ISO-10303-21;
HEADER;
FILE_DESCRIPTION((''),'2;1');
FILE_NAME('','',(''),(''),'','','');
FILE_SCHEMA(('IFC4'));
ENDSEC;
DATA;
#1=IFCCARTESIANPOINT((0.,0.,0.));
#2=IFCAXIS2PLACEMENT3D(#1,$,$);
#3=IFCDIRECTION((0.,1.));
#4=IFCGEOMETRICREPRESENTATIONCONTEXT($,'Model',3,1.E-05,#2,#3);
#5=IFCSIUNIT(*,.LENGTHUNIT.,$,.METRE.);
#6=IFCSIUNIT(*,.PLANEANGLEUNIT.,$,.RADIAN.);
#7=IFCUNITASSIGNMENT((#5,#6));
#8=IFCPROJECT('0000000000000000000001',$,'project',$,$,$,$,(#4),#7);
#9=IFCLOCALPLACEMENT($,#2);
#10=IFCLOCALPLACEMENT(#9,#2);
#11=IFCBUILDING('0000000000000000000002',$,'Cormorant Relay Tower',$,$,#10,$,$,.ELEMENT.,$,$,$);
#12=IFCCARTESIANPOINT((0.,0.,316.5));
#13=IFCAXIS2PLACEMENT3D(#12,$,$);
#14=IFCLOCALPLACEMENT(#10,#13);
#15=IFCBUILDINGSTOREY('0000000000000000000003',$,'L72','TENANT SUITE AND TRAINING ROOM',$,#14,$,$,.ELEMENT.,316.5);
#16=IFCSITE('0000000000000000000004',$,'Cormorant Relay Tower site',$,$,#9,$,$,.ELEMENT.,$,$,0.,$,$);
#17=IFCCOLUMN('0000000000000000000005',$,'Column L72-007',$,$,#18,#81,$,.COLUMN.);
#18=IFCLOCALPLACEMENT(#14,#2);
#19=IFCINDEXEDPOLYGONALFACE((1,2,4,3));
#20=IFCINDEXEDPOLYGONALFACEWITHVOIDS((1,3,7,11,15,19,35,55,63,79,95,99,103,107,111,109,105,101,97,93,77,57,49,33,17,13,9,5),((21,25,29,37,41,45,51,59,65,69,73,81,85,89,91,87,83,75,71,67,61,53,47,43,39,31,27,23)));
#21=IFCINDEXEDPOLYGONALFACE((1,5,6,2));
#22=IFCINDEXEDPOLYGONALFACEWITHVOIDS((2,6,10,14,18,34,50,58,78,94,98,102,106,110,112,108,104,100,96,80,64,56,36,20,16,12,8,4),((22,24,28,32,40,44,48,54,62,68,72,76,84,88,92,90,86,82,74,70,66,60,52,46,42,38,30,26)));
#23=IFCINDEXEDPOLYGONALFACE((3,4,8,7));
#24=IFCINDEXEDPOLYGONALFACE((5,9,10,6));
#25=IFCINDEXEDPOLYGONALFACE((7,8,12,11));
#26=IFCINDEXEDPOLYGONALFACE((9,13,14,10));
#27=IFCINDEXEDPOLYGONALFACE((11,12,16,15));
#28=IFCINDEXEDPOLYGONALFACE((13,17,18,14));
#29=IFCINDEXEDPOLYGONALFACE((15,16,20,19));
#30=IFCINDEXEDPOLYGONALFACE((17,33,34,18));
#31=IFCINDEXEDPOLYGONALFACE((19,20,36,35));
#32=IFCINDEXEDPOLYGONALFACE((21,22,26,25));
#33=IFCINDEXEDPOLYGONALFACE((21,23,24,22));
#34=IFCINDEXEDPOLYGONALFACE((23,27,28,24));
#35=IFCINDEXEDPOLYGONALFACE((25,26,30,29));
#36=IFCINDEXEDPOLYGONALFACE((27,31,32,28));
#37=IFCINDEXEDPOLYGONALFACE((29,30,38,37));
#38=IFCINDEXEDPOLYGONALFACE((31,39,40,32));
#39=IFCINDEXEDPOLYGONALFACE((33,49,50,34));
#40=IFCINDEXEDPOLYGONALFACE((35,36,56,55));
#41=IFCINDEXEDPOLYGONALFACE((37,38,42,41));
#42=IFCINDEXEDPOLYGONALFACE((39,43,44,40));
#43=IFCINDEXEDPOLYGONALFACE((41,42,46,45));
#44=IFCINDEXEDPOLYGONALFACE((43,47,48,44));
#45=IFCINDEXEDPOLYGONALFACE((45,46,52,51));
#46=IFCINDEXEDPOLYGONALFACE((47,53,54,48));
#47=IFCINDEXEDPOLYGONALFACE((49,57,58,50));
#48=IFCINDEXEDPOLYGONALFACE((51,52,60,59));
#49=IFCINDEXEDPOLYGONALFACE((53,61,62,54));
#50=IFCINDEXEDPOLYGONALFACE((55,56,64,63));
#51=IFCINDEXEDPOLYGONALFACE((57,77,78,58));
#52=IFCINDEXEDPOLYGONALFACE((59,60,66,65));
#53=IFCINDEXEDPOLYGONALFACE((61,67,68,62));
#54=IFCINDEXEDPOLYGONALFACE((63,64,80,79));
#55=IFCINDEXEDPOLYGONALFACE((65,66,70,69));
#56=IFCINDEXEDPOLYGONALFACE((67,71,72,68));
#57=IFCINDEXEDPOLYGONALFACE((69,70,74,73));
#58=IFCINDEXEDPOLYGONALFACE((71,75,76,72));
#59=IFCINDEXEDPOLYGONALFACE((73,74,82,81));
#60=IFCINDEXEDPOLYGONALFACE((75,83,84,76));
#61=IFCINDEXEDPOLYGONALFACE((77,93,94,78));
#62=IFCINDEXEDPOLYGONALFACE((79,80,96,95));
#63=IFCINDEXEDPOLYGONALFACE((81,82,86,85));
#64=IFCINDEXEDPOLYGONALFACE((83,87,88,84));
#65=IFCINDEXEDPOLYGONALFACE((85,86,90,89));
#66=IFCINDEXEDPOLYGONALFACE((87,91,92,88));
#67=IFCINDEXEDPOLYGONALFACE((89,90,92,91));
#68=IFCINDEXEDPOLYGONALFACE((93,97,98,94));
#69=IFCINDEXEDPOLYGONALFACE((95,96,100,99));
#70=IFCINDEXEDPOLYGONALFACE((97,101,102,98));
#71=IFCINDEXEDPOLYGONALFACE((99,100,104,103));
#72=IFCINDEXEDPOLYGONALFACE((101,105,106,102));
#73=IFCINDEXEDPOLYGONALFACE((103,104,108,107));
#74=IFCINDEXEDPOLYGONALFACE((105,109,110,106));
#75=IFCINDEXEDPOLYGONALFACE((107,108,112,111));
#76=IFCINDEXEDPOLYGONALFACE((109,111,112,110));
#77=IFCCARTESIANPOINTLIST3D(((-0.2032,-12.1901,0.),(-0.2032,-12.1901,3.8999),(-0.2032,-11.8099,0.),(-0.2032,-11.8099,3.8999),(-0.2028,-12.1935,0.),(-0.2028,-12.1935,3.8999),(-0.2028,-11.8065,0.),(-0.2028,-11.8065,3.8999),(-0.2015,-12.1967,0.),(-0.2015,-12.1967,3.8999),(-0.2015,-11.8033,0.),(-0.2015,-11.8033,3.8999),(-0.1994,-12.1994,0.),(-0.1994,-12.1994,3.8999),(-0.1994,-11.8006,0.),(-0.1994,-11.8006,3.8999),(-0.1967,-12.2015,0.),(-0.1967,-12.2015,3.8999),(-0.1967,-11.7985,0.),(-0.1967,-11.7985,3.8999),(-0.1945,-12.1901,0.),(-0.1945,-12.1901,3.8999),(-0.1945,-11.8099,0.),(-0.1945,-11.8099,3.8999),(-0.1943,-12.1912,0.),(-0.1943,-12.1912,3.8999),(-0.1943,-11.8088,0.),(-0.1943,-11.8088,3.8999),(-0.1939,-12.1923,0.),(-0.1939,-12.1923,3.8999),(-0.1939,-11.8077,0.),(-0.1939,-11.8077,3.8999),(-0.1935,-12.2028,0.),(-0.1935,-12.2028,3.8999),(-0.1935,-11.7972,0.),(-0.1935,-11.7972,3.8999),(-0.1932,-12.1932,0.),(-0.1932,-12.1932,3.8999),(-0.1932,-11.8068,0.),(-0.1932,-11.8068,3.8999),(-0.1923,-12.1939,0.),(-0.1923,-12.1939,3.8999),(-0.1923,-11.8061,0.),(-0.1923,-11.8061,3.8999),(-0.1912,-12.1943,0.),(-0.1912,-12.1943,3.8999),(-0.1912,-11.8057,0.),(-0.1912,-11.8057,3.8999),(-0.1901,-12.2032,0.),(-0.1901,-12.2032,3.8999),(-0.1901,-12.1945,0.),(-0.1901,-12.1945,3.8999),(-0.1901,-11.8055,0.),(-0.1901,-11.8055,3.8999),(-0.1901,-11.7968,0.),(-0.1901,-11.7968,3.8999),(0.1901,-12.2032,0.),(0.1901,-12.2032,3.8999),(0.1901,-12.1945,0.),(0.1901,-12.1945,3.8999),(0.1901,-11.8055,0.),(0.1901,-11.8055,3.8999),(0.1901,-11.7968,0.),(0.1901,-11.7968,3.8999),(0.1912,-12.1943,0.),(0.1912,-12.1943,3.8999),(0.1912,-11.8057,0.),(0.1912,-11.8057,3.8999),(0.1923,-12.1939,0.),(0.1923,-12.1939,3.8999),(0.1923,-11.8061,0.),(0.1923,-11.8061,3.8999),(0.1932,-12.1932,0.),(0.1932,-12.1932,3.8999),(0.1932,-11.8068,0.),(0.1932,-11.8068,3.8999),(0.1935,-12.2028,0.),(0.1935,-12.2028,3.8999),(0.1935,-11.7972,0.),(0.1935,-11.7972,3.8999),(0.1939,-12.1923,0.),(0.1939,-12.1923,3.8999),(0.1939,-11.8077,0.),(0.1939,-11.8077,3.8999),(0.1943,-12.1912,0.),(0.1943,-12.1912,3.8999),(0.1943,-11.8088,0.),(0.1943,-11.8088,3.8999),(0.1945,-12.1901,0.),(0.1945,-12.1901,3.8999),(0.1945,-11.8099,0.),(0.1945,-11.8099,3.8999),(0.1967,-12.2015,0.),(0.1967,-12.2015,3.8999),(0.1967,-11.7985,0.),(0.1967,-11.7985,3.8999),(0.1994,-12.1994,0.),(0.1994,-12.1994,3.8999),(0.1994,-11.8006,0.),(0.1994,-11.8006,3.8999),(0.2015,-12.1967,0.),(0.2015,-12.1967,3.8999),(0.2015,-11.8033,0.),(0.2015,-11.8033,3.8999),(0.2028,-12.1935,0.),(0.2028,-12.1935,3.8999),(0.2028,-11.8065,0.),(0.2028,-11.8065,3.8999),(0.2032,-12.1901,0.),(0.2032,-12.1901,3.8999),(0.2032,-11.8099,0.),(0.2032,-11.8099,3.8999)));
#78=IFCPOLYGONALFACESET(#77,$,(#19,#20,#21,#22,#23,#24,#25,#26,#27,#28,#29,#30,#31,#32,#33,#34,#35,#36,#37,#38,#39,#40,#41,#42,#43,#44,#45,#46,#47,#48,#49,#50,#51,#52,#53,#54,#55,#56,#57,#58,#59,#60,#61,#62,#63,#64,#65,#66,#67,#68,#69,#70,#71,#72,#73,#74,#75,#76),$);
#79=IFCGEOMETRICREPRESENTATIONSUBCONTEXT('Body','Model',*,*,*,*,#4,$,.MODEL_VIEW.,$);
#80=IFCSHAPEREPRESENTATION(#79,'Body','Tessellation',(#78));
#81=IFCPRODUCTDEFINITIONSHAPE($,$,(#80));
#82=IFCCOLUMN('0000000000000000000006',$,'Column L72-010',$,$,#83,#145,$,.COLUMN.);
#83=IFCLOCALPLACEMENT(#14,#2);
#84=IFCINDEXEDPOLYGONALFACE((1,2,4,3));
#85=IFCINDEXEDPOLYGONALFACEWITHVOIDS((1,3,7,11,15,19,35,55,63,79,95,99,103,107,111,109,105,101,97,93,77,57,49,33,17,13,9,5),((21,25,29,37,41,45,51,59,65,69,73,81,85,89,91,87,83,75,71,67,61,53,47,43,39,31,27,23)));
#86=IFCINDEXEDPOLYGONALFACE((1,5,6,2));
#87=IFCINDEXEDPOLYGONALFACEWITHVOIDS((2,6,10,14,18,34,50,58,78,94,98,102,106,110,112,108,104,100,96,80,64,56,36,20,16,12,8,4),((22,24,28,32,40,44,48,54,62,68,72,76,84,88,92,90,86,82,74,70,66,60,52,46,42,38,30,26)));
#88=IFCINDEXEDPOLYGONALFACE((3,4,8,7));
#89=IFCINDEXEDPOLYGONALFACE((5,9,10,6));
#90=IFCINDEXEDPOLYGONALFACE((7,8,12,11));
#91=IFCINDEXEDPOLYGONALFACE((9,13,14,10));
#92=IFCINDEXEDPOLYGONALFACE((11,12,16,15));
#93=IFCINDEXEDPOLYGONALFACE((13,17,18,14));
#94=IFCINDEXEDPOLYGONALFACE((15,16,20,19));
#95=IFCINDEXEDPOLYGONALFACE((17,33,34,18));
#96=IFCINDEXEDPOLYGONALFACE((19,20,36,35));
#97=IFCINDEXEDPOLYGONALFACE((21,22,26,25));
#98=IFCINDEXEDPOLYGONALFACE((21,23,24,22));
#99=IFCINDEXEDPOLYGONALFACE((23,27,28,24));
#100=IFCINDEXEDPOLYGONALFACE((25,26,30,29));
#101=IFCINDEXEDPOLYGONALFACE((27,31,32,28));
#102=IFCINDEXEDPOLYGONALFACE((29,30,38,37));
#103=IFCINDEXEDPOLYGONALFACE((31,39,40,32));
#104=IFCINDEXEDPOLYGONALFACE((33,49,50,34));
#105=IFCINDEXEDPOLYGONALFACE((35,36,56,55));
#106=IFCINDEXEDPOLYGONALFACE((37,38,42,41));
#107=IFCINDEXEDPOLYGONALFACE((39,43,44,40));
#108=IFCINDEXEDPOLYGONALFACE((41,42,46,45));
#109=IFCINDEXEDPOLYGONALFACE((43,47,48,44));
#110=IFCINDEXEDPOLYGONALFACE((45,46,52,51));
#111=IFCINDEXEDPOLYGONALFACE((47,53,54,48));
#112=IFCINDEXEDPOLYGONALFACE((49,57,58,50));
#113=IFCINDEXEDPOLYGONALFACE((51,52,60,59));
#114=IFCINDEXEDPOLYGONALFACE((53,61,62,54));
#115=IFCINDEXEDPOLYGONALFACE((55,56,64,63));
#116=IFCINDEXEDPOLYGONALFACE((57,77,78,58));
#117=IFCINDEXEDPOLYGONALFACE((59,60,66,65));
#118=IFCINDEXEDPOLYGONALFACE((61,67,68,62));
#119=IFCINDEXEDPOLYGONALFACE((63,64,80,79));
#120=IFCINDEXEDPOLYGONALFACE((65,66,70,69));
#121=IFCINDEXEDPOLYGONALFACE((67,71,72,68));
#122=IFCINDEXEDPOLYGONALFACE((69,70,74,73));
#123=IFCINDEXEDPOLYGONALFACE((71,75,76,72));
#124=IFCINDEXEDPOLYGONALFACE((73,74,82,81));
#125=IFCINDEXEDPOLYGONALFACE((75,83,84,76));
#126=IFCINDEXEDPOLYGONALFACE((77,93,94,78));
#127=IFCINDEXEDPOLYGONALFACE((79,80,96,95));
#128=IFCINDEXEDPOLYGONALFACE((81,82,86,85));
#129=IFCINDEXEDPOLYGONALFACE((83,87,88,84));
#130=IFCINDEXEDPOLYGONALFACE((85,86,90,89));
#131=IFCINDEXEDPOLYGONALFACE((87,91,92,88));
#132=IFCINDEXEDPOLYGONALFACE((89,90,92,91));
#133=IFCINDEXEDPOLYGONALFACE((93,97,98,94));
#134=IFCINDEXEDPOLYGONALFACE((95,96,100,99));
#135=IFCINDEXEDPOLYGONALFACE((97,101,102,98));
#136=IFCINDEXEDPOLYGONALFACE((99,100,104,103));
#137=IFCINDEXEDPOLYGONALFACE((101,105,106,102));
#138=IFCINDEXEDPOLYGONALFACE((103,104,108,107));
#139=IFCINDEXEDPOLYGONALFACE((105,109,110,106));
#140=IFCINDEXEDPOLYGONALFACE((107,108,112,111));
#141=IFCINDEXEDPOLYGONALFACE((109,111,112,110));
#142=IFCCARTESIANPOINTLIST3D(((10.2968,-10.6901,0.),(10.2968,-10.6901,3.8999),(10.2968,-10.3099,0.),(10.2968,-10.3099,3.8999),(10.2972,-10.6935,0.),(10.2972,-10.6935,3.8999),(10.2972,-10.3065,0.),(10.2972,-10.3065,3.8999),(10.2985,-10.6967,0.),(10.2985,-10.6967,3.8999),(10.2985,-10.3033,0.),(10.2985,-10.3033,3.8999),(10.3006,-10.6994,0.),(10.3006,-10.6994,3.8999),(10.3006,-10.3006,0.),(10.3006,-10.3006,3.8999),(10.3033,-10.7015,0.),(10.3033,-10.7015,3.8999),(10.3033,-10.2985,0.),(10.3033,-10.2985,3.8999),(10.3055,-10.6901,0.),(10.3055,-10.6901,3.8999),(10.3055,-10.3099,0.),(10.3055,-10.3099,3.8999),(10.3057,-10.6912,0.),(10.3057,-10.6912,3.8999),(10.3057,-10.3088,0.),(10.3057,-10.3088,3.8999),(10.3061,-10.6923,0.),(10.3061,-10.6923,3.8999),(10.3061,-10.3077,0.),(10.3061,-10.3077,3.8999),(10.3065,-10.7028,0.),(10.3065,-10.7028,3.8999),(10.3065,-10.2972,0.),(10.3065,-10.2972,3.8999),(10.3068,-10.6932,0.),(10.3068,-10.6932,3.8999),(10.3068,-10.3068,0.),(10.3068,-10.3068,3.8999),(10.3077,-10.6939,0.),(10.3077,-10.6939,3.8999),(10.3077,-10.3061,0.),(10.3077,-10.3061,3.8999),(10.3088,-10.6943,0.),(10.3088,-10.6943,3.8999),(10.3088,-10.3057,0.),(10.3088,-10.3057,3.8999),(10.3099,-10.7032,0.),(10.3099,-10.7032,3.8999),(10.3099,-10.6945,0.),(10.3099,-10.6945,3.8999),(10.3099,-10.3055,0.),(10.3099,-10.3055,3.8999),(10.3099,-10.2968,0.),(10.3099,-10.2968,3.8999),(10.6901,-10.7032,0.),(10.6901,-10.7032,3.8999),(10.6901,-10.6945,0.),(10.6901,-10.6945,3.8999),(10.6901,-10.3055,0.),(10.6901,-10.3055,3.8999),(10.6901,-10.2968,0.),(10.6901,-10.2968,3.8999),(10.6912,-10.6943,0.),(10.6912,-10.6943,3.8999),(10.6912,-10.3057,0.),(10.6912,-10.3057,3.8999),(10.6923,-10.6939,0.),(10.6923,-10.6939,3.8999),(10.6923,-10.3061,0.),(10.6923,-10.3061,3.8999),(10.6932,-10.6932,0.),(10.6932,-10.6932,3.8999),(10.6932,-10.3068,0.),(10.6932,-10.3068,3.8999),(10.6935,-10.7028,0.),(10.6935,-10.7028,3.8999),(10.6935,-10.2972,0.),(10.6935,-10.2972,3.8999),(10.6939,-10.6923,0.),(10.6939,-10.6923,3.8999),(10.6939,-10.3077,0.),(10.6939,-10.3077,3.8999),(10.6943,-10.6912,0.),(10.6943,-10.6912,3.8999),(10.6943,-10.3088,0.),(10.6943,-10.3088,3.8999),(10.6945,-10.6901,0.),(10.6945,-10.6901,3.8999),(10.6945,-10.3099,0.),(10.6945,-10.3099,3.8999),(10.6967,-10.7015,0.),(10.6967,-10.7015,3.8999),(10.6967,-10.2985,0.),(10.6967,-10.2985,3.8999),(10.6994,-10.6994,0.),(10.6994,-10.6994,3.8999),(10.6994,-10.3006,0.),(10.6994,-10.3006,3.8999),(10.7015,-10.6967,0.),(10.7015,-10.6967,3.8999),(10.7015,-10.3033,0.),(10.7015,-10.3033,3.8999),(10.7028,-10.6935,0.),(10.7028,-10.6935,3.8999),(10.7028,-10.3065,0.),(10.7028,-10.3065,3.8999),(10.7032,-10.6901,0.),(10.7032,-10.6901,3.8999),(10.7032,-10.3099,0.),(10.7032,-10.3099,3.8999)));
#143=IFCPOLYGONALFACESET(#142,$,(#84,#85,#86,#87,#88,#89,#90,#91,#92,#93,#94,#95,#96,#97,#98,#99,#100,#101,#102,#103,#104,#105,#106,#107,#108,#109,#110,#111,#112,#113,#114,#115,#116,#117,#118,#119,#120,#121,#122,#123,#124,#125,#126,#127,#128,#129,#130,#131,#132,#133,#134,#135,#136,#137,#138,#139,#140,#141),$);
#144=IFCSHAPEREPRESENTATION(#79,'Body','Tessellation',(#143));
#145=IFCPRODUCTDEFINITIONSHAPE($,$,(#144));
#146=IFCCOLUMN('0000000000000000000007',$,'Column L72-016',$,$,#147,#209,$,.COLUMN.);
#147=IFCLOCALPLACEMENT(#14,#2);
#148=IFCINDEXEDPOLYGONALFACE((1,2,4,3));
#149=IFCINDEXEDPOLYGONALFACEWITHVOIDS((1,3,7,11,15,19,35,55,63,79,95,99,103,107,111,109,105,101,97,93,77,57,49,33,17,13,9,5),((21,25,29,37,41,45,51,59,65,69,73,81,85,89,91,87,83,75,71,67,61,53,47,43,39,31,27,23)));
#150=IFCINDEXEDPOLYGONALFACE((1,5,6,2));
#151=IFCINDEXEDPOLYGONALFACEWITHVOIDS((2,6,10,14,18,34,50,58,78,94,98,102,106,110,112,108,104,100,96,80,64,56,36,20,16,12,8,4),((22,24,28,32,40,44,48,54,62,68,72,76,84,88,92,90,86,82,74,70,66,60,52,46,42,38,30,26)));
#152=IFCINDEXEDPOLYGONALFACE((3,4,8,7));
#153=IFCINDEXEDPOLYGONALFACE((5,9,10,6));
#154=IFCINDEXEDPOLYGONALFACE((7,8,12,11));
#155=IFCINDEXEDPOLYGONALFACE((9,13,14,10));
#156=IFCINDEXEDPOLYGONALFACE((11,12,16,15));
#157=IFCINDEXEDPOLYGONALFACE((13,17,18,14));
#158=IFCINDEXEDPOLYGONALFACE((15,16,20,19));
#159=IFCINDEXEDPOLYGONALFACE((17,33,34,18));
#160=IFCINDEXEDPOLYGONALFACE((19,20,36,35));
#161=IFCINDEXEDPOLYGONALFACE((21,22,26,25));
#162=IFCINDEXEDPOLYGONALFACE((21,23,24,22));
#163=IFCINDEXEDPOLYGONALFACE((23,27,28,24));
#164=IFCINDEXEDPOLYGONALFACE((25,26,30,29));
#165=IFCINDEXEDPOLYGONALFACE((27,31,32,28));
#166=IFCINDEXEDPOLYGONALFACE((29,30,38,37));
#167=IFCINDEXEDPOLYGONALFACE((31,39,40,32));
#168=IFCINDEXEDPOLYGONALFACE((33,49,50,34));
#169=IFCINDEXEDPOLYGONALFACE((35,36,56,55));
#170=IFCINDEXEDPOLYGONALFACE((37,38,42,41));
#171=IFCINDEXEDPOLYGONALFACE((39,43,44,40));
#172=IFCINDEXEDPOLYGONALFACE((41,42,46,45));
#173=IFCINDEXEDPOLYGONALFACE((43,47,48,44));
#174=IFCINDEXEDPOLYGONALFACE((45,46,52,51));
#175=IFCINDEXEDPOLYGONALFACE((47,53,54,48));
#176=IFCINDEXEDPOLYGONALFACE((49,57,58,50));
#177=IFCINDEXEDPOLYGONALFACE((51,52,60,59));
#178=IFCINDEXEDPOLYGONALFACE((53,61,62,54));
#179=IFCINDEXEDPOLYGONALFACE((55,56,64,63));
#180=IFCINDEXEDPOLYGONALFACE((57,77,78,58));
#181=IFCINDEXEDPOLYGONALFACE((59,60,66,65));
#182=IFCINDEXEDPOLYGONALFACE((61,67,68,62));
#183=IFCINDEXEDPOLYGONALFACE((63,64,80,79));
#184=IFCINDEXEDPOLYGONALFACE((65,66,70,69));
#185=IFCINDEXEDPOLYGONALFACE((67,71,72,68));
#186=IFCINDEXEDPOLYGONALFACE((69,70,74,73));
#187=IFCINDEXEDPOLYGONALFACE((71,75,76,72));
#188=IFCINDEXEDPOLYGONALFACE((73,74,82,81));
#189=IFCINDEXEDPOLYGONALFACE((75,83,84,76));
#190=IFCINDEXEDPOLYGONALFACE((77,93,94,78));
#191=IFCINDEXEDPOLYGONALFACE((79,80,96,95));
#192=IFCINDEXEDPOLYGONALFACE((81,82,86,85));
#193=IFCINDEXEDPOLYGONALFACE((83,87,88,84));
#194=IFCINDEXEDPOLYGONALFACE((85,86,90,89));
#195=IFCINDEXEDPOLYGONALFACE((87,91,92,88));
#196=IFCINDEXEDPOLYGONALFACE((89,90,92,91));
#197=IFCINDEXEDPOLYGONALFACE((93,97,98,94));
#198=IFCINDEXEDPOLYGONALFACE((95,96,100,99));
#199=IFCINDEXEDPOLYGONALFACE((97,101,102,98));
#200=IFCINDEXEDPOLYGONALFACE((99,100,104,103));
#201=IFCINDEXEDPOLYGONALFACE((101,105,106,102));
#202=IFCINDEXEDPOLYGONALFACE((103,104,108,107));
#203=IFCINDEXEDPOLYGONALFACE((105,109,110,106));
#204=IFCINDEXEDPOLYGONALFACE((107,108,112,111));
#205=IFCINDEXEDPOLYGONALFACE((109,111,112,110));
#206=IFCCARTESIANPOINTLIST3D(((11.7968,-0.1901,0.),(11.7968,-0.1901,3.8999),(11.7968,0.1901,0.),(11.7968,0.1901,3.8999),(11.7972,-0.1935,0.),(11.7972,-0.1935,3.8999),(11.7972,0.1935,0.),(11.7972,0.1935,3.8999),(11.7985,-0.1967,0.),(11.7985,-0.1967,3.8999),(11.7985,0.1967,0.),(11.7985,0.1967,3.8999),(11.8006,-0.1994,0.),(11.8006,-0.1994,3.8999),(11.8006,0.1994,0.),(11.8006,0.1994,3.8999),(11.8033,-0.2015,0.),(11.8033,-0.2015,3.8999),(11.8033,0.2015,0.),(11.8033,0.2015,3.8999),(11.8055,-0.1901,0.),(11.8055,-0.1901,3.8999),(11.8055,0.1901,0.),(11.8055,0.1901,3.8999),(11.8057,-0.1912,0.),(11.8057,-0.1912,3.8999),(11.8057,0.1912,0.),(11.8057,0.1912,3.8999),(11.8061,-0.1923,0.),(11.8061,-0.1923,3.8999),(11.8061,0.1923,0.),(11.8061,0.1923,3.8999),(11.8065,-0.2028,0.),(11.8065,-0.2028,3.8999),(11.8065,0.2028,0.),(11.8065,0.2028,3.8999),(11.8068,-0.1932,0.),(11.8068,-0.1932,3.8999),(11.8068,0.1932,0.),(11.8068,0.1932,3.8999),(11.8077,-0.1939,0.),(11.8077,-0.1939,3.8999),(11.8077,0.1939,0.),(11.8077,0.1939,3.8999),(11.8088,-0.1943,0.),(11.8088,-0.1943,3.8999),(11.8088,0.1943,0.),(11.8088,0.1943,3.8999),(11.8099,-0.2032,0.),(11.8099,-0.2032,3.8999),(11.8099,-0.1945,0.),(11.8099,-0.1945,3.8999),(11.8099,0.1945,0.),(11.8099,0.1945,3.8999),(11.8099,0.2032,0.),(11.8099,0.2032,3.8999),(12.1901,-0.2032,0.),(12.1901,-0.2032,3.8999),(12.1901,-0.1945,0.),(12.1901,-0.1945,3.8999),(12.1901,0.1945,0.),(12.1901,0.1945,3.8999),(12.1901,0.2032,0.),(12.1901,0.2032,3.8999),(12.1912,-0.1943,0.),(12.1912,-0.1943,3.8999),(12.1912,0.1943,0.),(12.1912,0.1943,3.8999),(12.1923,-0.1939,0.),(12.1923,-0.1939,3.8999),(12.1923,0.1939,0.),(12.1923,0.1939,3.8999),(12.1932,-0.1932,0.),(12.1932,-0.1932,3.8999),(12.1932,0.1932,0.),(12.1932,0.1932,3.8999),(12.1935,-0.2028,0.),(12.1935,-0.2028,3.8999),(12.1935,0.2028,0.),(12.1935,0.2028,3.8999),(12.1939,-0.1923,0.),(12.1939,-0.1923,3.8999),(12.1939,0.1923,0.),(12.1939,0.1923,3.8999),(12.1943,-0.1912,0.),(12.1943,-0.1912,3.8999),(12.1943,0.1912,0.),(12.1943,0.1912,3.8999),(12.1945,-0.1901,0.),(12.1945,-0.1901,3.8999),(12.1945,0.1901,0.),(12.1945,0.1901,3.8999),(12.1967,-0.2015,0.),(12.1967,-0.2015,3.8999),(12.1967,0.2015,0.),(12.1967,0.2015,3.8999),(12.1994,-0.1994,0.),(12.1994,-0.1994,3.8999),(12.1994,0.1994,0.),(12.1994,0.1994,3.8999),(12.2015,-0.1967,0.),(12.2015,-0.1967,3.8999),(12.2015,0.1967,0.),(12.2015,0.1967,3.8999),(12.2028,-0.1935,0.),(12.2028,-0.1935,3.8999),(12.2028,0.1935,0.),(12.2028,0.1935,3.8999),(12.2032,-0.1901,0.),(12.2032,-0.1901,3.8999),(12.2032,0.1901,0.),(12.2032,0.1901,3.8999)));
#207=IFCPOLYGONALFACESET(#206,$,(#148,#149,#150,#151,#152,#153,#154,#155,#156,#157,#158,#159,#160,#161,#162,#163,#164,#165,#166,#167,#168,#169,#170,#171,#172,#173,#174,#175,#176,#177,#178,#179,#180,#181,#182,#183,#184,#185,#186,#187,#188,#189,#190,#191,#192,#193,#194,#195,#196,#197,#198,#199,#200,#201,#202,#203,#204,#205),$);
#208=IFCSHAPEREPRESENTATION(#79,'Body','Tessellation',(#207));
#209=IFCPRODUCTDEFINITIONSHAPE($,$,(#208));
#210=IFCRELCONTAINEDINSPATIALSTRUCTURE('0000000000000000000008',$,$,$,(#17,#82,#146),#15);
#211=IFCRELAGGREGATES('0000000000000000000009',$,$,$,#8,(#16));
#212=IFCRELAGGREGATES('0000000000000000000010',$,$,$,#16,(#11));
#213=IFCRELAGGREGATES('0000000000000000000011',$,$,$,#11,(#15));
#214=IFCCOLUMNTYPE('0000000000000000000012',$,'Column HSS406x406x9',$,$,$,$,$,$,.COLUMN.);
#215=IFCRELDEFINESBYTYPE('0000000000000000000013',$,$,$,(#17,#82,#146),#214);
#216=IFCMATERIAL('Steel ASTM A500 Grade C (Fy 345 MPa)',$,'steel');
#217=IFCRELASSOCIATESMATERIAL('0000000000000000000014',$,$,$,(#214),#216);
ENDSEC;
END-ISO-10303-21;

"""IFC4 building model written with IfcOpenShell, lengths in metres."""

from ifc_helpers import new_model, si_unit, direction, frame, origin, origin_2d, place, context, subcontext, project, spatial, hollow_rectangle, extrude, material, material_profile, profile_set, type_object, element, save


model = new_model("IFC4")

# Units and contexts
model_context = context("Model", 3, precision=1e-05, world=origin(), true_north=direction((0.0, 1.0)))
body_context = subcontext(model_context, "Body", "Model", "MODEL_VIEW")
ifc_project = project(units=[si_unit("LENGTHUNIT", "METRE"), si_unit("PLANEANGLEUNIT", "RADIAN")], contexts=[model_context])

# Site, building, storey
site_placement = place(None, origin())
site = spatial("IfcSite", under=ifc_project, at=site_placement, Name="Cormorant Relay Tower site", CompositionType="ELEMENT", RefElevation=0.0)
building_placement = place(site_placement, origin())
building = spatial("IfcBuilding", under=site, at=building_placement, Name="Cormorant Relay Tower", CompositionType="ELEMENT")
storey_placement = place(building_placement, frame((0.0, 0.0, 316.5)))
storey = spatial("IfcBuildingStorey", under=building, at=storey_placement, Name="L72", Description="TENANT SUITE AND TRAINING ROOM", CompositionType="ELEMENT", Elevation=316.5)

# Columns
ifc_material_1 = material(Name="Steel ASTM A500 Grade C (Fy 345 MPa)", Category="steel")
ifc_material_profile = material_profile(ifc_material_1, hollow_rectangle(XDim=0.4065, YDim=0.4065, WallThickness=0.0088, InnerFilletRadius=0.0044, OuterFilletRadius=0.0132, at=origin_2d()), Name="HSS406x406x9")
ifc_profile_set = profile_set([ifc_material_profile], Name="Steel ASTM A500 Grade C (Fy 345 MPa)")
column_type = type_object("IfcColumnType", Name="Column HSS406x406x9", PredefinedType="COLUMN", material=ifc_profile_set)
for number, where, z_axis, x_axis, name in (
    (1, (0.0, -12.0, 0.0), (0.0, 0.0, 1.0), (1.0, 0.0, 0.0), "Column L72-007"),
    (2, (10.5, -10.5, 0.0), (0.0, 0.0, 1.0), (1.0, 0.0, 0.0), "Column L72-010"),
    (3, (12.0, 0.0, 0.0), (0.0, 0.0, 1.0), (1.0, 0.0, 0.0), "Column L72-016"),
):
    element("IfcColumn", number, at=place(storey_placement, frame(where, z_axis=z_axis, x_axis=x_axis)), inside=storey, type_object=column_type, Name=name, PredefinedType="COLUMN", context=body_context, shape_type="SweptSolid", body=[
        extrude(hollow_rectangle(XDim=0.4065, YDim=0.4065, WallThickness=0.0088, InnerFilletRadius=0.0044, OuterFilletRadius=0.0132, at=origin_2d()), origin(), (0.0, 0.0, 1.0), 3.8999),
    ])

save(model, "model.ifc")
